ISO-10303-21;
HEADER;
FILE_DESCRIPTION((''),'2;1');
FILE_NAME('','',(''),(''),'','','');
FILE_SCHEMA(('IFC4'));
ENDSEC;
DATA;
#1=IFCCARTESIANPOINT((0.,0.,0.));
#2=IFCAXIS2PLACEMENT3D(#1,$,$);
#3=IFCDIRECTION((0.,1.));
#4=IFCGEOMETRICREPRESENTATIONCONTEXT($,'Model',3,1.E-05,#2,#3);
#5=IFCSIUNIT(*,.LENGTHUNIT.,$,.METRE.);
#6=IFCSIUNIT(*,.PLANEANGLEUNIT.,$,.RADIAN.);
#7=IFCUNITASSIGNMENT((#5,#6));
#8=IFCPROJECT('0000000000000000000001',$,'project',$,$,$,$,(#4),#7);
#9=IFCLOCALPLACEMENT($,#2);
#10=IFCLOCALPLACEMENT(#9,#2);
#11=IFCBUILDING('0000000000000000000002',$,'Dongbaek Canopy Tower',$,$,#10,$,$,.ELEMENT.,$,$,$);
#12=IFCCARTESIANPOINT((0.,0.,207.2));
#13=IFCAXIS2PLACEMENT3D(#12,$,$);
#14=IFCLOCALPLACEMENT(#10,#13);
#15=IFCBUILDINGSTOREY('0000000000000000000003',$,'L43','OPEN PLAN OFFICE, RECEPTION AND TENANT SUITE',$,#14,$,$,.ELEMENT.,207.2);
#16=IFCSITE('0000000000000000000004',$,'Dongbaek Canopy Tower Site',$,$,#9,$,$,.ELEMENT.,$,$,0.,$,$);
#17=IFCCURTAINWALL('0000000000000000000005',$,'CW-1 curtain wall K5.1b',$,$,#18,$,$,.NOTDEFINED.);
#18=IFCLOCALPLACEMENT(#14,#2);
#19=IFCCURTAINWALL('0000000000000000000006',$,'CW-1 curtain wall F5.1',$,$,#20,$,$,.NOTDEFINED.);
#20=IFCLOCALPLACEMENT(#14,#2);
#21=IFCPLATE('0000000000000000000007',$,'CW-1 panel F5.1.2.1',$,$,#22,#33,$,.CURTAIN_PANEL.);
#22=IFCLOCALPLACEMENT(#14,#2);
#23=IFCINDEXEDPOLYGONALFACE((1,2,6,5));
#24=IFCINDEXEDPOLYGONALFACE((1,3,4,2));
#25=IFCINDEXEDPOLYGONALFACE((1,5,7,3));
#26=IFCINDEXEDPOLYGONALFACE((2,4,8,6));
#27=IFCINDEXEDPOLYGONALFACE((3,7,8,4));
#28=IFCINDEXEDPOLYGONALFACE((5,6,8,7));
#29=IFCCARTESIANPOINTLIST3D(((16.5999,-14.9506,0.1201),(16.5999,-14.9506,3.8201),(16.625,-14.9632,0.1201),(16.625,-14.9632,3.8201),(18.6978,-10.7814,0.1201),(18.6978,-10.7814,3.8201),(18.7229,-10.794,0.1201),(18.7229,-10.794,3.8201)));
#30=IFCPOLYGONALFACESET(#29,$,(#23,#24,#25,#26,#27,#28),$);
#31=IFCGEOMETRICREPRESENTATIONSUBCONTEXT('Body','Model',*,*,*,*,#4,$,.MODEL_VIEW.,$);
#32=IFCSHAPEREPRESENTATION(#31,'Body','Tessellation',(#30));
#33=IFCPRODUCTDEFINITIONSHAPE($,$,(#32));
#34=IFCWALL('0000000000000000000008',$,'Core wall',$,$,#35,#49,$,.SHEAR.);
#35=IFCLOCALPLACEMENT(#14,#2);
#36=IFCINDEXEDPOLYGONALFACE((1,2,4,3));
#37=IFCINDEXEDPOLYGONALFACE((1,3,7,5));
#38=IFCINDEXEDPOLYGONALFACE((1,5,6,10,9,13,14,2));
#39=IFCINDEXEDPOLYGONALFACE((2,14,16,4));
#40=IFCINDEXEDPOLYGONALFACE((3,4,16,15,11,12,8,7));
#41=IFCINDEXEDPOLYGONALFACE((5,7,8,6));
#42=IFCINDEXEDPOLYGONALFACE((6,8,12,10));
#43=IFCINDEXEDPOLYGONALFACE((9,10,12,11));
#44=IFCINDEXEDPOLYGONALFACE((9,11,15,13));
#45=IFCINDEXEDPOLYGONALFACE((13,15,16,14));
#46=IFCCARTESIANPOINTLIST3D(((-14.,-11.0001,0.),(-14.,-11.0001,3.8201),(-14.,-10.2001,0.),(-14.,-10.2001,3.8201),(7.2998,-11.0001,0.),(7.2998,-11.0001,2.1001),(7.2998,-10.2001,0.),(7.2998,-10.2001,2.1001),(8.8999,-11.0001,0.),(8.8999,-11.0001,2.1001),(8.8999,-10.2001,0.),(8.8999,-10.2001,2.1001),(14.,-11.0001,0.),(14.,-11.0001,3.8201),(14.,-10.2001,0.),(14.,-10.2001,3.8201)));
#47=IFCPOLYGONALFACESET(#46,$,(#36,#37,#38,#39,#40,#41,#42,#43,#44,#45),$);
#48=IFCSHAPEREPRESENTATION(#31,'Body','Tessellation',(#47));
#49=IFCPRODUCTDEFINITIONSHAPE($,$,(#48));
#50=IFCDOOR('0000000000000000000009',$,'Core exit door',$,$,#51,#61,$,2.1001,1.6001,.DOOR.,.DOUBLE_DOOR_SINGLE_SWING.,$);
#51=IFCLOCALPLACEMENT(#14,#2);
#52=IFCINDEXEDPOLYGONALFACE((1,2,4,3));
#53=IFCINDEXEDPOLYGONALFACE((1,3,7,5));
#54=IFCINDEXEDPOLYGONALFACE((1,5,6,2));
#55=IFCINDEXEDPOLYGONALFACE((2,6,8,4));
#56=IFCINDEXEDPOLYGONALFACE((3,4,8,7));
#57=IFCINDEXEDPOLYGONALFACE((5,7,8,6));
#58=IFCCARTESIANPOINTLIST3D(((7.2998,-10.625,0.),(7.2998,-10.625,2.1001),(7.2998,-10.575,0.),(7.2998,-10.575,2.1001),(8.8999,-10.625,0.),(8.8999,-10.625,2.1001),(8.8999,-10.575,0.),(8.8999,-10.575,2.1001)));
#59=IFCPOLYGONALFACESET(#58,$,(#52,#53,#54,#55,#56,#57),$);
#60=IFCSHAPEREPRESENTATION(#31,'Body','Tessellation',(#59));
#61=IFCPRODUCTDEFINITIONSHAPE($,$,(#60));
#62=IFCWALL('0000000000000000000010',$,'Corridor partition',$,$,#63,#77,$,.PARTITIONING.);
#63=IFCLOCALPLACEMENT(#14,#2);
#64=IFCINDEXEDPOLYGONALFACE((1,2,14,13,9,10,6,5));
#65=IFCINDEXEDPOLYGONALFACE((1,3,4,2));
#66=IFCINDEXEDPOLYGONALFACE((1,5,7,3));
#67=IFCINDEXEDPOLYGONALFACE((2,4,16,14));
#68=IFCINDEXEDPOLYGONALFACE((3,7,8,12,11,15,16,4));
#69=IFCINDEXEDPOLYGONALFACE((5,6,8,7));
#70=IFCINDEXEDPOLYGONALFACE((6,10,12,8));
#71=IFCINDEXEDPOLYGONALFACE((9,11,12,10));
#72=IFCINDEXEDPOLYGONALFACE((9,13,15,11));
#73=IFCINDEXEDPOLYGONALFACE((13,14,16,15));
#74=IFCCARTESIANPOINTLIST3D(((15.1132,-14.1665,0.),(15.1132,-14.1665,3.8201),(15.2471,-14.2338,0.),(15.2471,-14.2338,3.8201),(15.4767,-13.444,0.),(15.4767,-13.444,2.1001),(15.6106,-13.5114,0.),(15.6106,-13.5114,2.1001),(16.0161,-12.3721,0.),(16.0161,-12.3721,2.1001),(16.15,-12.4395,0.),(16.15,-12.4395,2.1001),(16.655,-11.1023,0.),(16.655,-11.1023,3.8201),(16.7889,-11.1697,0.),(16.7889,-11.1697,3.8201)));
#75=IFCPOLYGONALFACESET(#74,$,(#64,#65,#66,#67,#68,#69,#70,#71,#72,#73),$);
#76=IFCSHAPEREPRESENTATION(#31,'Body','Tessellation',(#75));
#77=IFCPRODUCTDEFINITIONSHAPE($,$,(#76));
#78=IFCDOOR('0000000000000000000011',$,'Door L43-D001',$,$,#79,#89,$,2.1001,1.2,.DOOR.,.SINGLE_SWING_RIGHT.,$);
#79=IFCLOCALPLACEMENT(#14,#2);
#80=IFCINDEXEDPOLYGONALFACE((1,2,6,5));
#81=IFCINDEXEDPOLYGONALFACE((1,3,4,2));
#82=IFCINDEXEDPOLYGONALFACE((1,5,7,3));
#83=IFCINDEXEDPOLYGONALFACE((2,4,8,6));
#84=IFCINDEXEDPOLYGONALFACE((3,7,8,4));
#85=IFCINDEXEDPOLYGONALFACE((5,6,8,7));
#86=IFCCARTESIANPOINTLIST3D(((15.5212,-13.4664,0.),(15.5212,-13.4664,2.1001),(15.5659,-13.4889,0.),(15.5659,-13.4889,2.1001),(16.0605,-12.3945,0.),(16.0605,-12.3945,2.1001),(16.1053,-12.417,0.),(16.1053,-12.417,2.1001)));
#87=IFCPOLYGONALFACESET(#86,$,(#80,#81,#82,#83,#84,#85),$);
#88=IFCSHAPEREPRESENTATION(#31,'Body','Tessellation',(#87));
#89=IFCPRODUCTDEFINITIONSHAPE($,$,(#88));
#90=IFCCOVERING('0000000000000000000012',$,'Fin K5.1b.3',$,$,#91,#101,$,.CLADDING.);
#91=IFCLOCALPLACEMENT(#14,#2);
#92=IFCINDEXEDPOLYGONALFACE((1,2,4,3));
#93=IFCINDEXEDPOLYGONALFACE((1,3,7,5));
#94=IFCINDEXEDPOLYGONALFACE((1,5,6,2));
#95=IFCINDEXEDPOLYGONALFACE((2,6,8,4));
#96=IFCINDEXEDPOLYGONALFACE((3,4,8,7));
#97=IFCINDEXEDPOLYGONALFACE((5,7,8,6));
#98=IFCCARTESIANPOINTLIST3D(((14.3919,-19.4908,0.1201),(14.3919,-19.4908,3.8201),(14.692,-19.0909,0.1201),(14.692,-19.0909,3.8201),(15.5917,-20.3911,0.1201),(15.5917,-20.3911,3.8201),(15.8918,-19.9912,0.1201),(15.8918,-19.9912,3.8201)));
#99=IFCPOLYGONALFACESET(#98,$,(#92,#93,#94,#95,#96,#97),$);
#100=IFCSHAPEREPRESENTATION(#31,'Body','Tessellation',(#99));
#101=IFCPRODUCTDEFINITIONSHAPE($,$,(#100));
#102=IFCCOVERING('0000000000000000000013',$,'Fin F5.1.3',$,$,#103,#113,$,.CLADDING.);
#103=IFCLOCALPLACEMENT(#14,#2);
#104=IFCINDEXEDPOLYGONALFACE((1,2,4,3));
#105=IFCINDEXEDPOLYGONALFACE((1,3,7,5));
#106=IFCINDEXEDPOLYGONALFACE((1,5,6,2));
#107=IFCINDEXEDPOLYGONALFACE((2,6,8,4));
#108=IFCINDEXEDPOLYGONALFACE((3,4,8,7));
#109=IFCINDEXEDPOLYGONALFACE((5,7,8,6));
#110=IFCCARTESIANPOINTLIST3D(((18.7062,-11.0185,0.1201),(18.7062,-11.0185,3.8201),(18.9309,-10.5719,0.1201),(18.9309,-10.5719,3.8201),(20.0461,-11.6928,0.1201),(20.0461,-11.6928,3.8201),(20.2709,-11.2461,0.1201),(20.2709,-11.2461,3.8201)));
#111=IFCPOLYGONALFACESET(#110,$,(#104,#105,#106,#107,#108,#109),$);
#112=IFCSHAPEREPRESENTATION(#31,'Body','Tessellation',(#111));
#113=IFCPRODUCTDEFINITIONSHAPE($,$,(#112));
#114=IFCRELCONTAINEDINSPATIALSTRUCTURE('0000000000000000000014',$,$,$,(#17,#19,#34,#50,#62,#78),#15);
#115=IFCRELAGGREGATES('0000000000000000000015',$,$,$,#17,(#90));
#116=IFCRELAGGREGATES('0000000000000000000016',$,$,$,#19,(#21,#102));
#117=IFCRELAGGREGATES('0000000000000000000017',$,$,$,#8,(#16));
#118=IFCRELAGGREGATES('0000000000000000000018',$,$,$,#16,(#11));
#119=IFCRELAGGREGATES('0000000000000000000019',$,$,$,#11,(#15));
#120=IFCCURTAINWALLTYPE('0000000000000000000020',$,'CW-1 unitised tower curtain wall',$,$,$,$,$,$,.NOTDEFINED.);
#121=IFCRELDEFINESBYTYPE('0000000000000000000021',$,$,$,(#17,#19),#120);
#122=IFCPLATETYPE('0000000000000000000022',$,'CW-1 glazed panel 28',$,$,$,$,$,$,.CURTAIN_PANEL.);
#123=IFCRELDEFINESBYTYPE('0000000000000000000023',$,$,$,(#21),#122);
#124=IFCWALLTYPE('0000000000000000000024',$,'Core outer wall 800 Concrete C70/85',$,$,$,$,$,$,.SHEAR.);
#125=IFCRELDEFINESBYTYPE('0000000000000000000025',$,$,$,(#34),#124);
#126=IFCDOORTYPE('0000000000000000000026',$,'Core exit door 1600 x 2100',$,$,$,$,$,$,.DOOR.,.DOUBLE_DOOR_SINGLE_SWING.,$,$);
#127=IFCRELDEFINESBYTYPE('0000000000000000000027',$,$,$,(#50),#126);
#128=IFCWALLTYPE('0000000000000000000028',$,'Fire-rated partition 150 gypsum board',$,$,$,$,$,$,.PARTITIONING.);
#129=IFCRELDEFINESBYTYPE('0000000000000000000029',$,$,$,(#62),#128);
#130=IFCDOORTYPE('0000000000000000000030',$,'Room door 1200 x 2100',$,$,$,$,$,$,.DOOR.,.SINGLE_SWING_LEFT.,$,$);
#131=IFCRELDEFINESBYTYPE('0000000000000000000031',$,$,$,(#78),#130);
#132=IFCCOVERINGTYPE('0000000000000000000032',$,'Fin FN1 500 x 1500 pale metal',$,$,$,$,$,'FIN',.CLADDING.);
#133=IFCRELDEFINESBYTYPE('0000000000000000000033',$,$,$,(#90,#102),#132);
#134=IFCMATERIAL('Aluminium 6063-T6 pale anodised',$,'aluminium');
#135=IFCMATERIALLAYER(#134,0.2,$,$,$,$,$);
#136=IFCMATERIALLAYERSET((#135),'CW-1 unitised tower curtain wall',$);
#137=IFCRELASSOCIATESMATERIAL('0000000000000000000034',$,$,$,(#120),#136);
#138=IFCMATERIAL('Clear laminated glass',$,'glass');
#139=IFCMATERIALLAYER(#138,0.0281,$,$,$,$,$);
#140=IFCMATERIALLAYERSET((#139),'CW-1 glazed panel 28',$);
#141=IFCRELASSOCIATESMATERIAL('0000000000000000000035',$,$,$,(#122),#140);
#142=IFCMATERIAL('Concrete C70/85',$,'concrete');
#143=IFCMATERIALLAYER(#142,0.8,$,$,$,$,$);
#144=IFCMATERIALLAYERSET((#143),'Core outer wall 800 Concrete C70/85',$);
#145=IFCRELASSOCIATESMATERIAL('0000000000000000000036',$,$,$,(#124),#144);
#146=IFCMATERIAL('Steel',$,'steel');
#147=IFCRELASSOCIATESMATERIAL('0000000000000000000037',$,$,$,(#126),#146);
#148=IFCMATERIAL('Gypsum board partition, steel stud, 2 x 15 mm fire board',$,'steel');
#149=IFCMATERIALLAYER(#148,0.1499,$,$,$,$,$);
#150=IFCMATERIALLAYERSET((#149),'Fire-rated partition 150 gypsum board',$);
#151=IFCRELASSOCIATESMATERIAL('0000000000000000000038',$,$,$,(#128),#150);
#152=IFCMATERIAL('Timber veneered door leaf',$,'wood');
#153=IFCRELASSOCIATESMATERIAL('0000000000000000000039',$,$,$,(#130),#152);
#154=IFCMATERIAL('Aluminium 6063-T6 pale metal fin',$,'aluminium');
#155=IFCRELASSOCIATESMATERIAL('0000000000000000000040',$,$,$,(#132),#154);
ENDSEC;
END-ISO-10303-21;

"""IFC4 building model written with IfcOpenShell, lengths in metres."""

from ifc_helpers import new_model, si_unit, direction, frame, frame_2d, origin, origin_2d, place, context, subcontext, project, spatial, rectangle, extrude, material, layer, layer_set, material_profile, profile_set, type_object, element, fill, aggregate, save


model = new_model("IFC4")

# Units and contexts
model_context = context("Model", 3, precision=1e-05, world=origin(), true_north=direction((0.0, 1.0)))
body_context = subcontext(model_context, "Body", "Model", "MODEL_VIEW")
ifc_project = project(units=[si_unit("LENGTHUNIT", "METRE"), si_unit("PLANEANGLEUNIT", "RADIAN")], contexts=[model_context])

# Site, building, storey
site_placement = place(None, origin())
site = spatial("IfcSite", under=ifc_project, at=site_placement, Name="Dongbaek Canopy Tower Site", CompositionType="ELEMENT", RefElevation=0.0)
building_placement = place(site_placement, origin())
building = spatial("IfcBuilding", under=site, at=building_placement, Name="Dongbaek Canopy Tower", CompositionType="ELEMENT")
storey_placement = place(building_placement, frame((0.0, 0.0, 207.2)))
storey = spatial("IfcBuildingStorey", under=building, at=storey_placement, Name="L43", Description="OPEN PLAN OFFICE, RECEPTION AND TENANT SUITE", CompositionType="ELEMENT", Elevation=207.2)

# Shared definitions
ifc_material_1 = material(Name="Aluminium 6063-T6 pale anodised", Category="aluminium")
ifc_layer_1 = layer(ifc_material_1, 0.2)
ifc_layer_set_1 = layer_set([ifc_layer_1], Name="CW-1 unitised tower curtain wall")
curtain_wall_type = type_object("IfcCurtainWallType", Name="CW-1 unitised tower curtain wall", PredefinedType="NOTDEFINED", material=ifc_layer_set_1)

# Curtain walls
curtain_wall_1_placement = place(storey_placement, origin())
curtain_wall_1 = element("IfcCurtainWall", 1, at=curtain_wall_1_placement, inside=storey, type_object=curtain_wall_type, Name="CW-1 curtain wall K5.1b", PredefinedType="NOTDEFINED")
curtain_wall_2_placement = place(storey_placement, origin())
curtain_wall_2 = element("IfcCurtainWall", 2, at=curtain_wall_2_placement, inside=storey, type_object=curtain_wall_type, Name="CW-1 curtain wall F5.1", PredefinedType="NOTDEFINED")

# Plate
ifc_material_2 = material(Name="Clear laminated glass", Category="glass")
ifc_layer_2 = layer(ifc_material_2, 0.0281)
ifc_layer_set_2 = layer_set([ifc_layer_2], Name="CW-1 glazed panel 28")
plate_type = type_object("IfcPlateType", Name="CW-1 glazed panel 28", PredefinedType="CURTAIN_PANEL", material=ifc_layer_set_2)
plate_1_placement = place(storey_placement, frame((17.6614, -12.8723, 0.1201), z_axis=(0.0, 0.0, 1.0), x_axis=(0.449499, 0.893281, 0.0)))
plate_1 = element("IfcPlate", 3, at=plate_1_placement, type_object=plate_type, Name="CW-1 panel F5.1.2.1", PredefinedType="CURTAIN_PANEL", context=body_context, shape_type="SweptSolid", body=[
    extrude(rectangle(XDim=4.6672, YDim=0.0281, at=origin_2d()), origin(), (0.0, 0.0, 1.0), 3.7),
])

# Walls, openings, doors
ifc_material_3 = material(Name="Concrete C70/85", Category="concrete")
ifc_layer_3 = layer(ifc_material_3, 0.8)
ifc_layer_set_3 = layer_set([ifc_layer_3], Name="Core outer wall 800 Concrete C70/85")
wall_type_1 = type_object("IfcWallType", Name="Core outer wall 800 Concrete C70/85", PredefinedType="SHEAR", material=ifc_layer_set_3)
wall_1_placement = place(storey_placement, frame((14.0, -10.6001, 0.0), z_axis=(0.0, 0.0, 1.0), x_axis=(-1.0, 0.0, 0.0)))
wall_1 = element("IfcWall", 4, at=wall_1_placement, inside=storey, type_object=wall_type_1, Name="Core wall", PredefinedType="SHEAR", context=body_context, shape_type="SweptSolid", body=[
    extrude(rectangle(XDim=28.0, YDim=0.8, at=frame_2d((14.0, 0.0))), origin(), (0.0, 0.0, 1.0), 3.8201),
])
opening_1_placement = place(wall_1_placement, frame((5.1001, 0.0, 0.0)))
opening_1 = element("IfcOpeningElement", 5, at=opening_1_placement, cuts=wall_1, PredefinedType="OPENING", context=body_context, shape_type="SweptSolid", body=[
    extrude(rectangle(XDim=1.6001, YDim=2.1001, at=frame_2d((0.8, 1.05))), frame((0.0, 0.4099, 0.0), z_axis=(0.0, -1.0, 0.0), x_axis=(1.0, 0.0, 0.0)), (0.0, 0.0, 1.0), 0.8201),
])
ifc_material_4 = material(Name="Steel", Category="steel")
door_type_1 = type_object("IfcDoorType", Name="Core exit door 1600 x 2100", OperationType="DOUBLE_DOOR_SINGLE_SWING", PredefinedType="DOOR", material=ifc_material_4)
door_1_placement = place(opening_1_placement, origin())
door_1 = element("IfcDoor", 6, at=door_1_placement, inside=storey, type_object=door_type_1, Name="Core exit door", OperationType="DOUBLE_DOOR_SINGLE_SWING", OverallHeight=2.1001, OverallWidth=1.6001, PredefinedType="DOOR", context=body_context, shape_type="SweptSolid", body=[
    extrude(rectangle(XDim=1.6001, YDim=2.1001, at=frame_2d((0.8, 1.05))), frame((0.0, 0.0249, 0.0), z_axis=(0.0, -1.0, 0.0), x_axis=(1.0, 0.0, 0.0)), (0.0, 0.0, 1.0), 0.05),
])
fill(opening_1, door_1)
ifc_material_5 = material(Name="Gypsum board partition, steel stud, 2 x 15 mm fire board", Category="steel")
ifc_layer_4 = layer(ifc_material_5, 0.1499)
ifc_layer_set_4 = layer_set([ifc_layer_4], Name="Fire-rated partition 150 gypsum board")
wall_type_2 = type_object("IfcWallType", Name="Fire-rated partition 150 gypsum board", PredefinedType="PARTITIONING", material=ifc_layer_set_4)
wall_2_placement = place(storey_placement, frame((16.7219, -11.136, 0.0), z_axis=(0.0, 0.0, 1.0), x_axis=(-0.449461, -0.8933, 0.0)))
wall_2 = element("IfcWall", 7, at=wall_2_placement, inside=storey, type_object=wall_type_2, Name="Corridor partition", PredefinedType="PARTITIONING", context=body_context, shape_type="SweptSolid", body=[
    extrude(rectangle(XDim=3.4302, YDim=0.1499, at=frame_2d((1.7151, 0.0))), origin(), (0.0, 0.0, 1.0), 3.8201),
])
opening_2_placement = place(wall_2_placement, frame((1.4214, 0.0, 0.0)))
opening_2 = element("IfcOpeningElement", 8, at=opening_2_placement, cuts=wall_2, PredefinedType="OPENING", context=body_context, shape_type="SweptSolid", body=[
    extrude(rectangle(XDim=1.2, YDim=2.1001, at=frame_2d((0.6001, 1.05))), frame((0.0, 0.085, 0.0), z_axis=(0.0, -1.0, 0.0), x_axis=(1.0, 0.0, 0.0)), (0.0, 0.0, 1.0), 0.1699),
])
ifc_material_6 = material(Name="Timber veneered door leaf", Category="wood")
door_type_2 = type_object("IfcDoorType", Name="Room door 1200 x 2100", OperationType="SINGLE_SWING_LEFT", PredefinedType="DOOR", material=ifc_material_6)
door_2_placement = place(opening_2_placement, origin())
door_2 = element("IfcDoor", 9, at=door_2_placement, inside=storey, type_object=door_type_2, Name="Door L43-D001", OperationType="SINGLE_SWING_RIGHT", OverallHeight=2.1001, OverallWidth=1.2, PredefinedType="DOOR", context=body_context, shape_type="SweptSolid", body=[
    extrude(rectangle(XDim=1.2, YDim=2.1001, at=frame_2d((0.6001, 1.05))), frame((0.0, 0.0249, 0.0), z_axis=(0.0, -1.0, 0.0), x_axis=(1.0, 0.0, 0.0)), (0.0, 0.0, 1.0), 0.05),
])
fill(opening_2, door_2)

# Coverings
ifc_material_7 = material(Name="Aluminium 6063-T6 pale metal fin", Category="aluminium")
ifc_material_profile_1 = material_profile(ifc_material_7, rectangle(XDim=1.5, YDim=0.5, at=origin_2d()), Name="Fin FN1 500 x 1500 pale metal")
ifc_profile_set_1 = profile_set([ifc_material_profile_1], Name="Aluminium 6063-T6 pale metal fin")
covering_type = type_object("IfcCoveringType", Name="Fin FN1 500 x 1500 pale metal", ElementType="FIN", PredefinedType="CLADDING", material=ifc_profile_set_1)
covering_1_placement = place(storey_placement, frame((15.1418, -19.741, 0.1201), z_axis=(0.0, 0.0, 1.0), x_axis=(0.799847, -0.600203, 0.0)))
covering_1 = element("IfcCovering", 10, at=covering_1_placement, type_object=covering_type, Name="Fin K5.1b.3", PredefinedType="CLADDING", context=body_context, shape_type="SweptSolid", body=[
    extrude(rectangle(XDim=1.5, YDim=0.5, at=origin_2d()), origin(), (0.0, 0.0, 1.0), 3.7),
])
aggregate(curtain_wall_1, [covering_1])
covering_2_placement = place(storey_placement, frame((19.4885, -11.1323, 0.1201), z_axis=(0.0, 0.0, 1.0), x_axis=(0.893281, -0.449499, 0.0)))
covering_2 = element("IfcCovering", 11, at=covering_2_placement, type_object=covering_type, Name="Fin F5.1.3", PredefinedType="CLADDING", context=body_context, shape_type="SweptSolid", body=[
    extrude(rectangle(XDim=1.5, YDim=0.5, at=origin_2d()), origin(), (0.0, 0.0, 1.0), 3.7),
])
aggregate(curtain_wall_2, [plate_1, covering_2])

save(model, "model.ifc")
